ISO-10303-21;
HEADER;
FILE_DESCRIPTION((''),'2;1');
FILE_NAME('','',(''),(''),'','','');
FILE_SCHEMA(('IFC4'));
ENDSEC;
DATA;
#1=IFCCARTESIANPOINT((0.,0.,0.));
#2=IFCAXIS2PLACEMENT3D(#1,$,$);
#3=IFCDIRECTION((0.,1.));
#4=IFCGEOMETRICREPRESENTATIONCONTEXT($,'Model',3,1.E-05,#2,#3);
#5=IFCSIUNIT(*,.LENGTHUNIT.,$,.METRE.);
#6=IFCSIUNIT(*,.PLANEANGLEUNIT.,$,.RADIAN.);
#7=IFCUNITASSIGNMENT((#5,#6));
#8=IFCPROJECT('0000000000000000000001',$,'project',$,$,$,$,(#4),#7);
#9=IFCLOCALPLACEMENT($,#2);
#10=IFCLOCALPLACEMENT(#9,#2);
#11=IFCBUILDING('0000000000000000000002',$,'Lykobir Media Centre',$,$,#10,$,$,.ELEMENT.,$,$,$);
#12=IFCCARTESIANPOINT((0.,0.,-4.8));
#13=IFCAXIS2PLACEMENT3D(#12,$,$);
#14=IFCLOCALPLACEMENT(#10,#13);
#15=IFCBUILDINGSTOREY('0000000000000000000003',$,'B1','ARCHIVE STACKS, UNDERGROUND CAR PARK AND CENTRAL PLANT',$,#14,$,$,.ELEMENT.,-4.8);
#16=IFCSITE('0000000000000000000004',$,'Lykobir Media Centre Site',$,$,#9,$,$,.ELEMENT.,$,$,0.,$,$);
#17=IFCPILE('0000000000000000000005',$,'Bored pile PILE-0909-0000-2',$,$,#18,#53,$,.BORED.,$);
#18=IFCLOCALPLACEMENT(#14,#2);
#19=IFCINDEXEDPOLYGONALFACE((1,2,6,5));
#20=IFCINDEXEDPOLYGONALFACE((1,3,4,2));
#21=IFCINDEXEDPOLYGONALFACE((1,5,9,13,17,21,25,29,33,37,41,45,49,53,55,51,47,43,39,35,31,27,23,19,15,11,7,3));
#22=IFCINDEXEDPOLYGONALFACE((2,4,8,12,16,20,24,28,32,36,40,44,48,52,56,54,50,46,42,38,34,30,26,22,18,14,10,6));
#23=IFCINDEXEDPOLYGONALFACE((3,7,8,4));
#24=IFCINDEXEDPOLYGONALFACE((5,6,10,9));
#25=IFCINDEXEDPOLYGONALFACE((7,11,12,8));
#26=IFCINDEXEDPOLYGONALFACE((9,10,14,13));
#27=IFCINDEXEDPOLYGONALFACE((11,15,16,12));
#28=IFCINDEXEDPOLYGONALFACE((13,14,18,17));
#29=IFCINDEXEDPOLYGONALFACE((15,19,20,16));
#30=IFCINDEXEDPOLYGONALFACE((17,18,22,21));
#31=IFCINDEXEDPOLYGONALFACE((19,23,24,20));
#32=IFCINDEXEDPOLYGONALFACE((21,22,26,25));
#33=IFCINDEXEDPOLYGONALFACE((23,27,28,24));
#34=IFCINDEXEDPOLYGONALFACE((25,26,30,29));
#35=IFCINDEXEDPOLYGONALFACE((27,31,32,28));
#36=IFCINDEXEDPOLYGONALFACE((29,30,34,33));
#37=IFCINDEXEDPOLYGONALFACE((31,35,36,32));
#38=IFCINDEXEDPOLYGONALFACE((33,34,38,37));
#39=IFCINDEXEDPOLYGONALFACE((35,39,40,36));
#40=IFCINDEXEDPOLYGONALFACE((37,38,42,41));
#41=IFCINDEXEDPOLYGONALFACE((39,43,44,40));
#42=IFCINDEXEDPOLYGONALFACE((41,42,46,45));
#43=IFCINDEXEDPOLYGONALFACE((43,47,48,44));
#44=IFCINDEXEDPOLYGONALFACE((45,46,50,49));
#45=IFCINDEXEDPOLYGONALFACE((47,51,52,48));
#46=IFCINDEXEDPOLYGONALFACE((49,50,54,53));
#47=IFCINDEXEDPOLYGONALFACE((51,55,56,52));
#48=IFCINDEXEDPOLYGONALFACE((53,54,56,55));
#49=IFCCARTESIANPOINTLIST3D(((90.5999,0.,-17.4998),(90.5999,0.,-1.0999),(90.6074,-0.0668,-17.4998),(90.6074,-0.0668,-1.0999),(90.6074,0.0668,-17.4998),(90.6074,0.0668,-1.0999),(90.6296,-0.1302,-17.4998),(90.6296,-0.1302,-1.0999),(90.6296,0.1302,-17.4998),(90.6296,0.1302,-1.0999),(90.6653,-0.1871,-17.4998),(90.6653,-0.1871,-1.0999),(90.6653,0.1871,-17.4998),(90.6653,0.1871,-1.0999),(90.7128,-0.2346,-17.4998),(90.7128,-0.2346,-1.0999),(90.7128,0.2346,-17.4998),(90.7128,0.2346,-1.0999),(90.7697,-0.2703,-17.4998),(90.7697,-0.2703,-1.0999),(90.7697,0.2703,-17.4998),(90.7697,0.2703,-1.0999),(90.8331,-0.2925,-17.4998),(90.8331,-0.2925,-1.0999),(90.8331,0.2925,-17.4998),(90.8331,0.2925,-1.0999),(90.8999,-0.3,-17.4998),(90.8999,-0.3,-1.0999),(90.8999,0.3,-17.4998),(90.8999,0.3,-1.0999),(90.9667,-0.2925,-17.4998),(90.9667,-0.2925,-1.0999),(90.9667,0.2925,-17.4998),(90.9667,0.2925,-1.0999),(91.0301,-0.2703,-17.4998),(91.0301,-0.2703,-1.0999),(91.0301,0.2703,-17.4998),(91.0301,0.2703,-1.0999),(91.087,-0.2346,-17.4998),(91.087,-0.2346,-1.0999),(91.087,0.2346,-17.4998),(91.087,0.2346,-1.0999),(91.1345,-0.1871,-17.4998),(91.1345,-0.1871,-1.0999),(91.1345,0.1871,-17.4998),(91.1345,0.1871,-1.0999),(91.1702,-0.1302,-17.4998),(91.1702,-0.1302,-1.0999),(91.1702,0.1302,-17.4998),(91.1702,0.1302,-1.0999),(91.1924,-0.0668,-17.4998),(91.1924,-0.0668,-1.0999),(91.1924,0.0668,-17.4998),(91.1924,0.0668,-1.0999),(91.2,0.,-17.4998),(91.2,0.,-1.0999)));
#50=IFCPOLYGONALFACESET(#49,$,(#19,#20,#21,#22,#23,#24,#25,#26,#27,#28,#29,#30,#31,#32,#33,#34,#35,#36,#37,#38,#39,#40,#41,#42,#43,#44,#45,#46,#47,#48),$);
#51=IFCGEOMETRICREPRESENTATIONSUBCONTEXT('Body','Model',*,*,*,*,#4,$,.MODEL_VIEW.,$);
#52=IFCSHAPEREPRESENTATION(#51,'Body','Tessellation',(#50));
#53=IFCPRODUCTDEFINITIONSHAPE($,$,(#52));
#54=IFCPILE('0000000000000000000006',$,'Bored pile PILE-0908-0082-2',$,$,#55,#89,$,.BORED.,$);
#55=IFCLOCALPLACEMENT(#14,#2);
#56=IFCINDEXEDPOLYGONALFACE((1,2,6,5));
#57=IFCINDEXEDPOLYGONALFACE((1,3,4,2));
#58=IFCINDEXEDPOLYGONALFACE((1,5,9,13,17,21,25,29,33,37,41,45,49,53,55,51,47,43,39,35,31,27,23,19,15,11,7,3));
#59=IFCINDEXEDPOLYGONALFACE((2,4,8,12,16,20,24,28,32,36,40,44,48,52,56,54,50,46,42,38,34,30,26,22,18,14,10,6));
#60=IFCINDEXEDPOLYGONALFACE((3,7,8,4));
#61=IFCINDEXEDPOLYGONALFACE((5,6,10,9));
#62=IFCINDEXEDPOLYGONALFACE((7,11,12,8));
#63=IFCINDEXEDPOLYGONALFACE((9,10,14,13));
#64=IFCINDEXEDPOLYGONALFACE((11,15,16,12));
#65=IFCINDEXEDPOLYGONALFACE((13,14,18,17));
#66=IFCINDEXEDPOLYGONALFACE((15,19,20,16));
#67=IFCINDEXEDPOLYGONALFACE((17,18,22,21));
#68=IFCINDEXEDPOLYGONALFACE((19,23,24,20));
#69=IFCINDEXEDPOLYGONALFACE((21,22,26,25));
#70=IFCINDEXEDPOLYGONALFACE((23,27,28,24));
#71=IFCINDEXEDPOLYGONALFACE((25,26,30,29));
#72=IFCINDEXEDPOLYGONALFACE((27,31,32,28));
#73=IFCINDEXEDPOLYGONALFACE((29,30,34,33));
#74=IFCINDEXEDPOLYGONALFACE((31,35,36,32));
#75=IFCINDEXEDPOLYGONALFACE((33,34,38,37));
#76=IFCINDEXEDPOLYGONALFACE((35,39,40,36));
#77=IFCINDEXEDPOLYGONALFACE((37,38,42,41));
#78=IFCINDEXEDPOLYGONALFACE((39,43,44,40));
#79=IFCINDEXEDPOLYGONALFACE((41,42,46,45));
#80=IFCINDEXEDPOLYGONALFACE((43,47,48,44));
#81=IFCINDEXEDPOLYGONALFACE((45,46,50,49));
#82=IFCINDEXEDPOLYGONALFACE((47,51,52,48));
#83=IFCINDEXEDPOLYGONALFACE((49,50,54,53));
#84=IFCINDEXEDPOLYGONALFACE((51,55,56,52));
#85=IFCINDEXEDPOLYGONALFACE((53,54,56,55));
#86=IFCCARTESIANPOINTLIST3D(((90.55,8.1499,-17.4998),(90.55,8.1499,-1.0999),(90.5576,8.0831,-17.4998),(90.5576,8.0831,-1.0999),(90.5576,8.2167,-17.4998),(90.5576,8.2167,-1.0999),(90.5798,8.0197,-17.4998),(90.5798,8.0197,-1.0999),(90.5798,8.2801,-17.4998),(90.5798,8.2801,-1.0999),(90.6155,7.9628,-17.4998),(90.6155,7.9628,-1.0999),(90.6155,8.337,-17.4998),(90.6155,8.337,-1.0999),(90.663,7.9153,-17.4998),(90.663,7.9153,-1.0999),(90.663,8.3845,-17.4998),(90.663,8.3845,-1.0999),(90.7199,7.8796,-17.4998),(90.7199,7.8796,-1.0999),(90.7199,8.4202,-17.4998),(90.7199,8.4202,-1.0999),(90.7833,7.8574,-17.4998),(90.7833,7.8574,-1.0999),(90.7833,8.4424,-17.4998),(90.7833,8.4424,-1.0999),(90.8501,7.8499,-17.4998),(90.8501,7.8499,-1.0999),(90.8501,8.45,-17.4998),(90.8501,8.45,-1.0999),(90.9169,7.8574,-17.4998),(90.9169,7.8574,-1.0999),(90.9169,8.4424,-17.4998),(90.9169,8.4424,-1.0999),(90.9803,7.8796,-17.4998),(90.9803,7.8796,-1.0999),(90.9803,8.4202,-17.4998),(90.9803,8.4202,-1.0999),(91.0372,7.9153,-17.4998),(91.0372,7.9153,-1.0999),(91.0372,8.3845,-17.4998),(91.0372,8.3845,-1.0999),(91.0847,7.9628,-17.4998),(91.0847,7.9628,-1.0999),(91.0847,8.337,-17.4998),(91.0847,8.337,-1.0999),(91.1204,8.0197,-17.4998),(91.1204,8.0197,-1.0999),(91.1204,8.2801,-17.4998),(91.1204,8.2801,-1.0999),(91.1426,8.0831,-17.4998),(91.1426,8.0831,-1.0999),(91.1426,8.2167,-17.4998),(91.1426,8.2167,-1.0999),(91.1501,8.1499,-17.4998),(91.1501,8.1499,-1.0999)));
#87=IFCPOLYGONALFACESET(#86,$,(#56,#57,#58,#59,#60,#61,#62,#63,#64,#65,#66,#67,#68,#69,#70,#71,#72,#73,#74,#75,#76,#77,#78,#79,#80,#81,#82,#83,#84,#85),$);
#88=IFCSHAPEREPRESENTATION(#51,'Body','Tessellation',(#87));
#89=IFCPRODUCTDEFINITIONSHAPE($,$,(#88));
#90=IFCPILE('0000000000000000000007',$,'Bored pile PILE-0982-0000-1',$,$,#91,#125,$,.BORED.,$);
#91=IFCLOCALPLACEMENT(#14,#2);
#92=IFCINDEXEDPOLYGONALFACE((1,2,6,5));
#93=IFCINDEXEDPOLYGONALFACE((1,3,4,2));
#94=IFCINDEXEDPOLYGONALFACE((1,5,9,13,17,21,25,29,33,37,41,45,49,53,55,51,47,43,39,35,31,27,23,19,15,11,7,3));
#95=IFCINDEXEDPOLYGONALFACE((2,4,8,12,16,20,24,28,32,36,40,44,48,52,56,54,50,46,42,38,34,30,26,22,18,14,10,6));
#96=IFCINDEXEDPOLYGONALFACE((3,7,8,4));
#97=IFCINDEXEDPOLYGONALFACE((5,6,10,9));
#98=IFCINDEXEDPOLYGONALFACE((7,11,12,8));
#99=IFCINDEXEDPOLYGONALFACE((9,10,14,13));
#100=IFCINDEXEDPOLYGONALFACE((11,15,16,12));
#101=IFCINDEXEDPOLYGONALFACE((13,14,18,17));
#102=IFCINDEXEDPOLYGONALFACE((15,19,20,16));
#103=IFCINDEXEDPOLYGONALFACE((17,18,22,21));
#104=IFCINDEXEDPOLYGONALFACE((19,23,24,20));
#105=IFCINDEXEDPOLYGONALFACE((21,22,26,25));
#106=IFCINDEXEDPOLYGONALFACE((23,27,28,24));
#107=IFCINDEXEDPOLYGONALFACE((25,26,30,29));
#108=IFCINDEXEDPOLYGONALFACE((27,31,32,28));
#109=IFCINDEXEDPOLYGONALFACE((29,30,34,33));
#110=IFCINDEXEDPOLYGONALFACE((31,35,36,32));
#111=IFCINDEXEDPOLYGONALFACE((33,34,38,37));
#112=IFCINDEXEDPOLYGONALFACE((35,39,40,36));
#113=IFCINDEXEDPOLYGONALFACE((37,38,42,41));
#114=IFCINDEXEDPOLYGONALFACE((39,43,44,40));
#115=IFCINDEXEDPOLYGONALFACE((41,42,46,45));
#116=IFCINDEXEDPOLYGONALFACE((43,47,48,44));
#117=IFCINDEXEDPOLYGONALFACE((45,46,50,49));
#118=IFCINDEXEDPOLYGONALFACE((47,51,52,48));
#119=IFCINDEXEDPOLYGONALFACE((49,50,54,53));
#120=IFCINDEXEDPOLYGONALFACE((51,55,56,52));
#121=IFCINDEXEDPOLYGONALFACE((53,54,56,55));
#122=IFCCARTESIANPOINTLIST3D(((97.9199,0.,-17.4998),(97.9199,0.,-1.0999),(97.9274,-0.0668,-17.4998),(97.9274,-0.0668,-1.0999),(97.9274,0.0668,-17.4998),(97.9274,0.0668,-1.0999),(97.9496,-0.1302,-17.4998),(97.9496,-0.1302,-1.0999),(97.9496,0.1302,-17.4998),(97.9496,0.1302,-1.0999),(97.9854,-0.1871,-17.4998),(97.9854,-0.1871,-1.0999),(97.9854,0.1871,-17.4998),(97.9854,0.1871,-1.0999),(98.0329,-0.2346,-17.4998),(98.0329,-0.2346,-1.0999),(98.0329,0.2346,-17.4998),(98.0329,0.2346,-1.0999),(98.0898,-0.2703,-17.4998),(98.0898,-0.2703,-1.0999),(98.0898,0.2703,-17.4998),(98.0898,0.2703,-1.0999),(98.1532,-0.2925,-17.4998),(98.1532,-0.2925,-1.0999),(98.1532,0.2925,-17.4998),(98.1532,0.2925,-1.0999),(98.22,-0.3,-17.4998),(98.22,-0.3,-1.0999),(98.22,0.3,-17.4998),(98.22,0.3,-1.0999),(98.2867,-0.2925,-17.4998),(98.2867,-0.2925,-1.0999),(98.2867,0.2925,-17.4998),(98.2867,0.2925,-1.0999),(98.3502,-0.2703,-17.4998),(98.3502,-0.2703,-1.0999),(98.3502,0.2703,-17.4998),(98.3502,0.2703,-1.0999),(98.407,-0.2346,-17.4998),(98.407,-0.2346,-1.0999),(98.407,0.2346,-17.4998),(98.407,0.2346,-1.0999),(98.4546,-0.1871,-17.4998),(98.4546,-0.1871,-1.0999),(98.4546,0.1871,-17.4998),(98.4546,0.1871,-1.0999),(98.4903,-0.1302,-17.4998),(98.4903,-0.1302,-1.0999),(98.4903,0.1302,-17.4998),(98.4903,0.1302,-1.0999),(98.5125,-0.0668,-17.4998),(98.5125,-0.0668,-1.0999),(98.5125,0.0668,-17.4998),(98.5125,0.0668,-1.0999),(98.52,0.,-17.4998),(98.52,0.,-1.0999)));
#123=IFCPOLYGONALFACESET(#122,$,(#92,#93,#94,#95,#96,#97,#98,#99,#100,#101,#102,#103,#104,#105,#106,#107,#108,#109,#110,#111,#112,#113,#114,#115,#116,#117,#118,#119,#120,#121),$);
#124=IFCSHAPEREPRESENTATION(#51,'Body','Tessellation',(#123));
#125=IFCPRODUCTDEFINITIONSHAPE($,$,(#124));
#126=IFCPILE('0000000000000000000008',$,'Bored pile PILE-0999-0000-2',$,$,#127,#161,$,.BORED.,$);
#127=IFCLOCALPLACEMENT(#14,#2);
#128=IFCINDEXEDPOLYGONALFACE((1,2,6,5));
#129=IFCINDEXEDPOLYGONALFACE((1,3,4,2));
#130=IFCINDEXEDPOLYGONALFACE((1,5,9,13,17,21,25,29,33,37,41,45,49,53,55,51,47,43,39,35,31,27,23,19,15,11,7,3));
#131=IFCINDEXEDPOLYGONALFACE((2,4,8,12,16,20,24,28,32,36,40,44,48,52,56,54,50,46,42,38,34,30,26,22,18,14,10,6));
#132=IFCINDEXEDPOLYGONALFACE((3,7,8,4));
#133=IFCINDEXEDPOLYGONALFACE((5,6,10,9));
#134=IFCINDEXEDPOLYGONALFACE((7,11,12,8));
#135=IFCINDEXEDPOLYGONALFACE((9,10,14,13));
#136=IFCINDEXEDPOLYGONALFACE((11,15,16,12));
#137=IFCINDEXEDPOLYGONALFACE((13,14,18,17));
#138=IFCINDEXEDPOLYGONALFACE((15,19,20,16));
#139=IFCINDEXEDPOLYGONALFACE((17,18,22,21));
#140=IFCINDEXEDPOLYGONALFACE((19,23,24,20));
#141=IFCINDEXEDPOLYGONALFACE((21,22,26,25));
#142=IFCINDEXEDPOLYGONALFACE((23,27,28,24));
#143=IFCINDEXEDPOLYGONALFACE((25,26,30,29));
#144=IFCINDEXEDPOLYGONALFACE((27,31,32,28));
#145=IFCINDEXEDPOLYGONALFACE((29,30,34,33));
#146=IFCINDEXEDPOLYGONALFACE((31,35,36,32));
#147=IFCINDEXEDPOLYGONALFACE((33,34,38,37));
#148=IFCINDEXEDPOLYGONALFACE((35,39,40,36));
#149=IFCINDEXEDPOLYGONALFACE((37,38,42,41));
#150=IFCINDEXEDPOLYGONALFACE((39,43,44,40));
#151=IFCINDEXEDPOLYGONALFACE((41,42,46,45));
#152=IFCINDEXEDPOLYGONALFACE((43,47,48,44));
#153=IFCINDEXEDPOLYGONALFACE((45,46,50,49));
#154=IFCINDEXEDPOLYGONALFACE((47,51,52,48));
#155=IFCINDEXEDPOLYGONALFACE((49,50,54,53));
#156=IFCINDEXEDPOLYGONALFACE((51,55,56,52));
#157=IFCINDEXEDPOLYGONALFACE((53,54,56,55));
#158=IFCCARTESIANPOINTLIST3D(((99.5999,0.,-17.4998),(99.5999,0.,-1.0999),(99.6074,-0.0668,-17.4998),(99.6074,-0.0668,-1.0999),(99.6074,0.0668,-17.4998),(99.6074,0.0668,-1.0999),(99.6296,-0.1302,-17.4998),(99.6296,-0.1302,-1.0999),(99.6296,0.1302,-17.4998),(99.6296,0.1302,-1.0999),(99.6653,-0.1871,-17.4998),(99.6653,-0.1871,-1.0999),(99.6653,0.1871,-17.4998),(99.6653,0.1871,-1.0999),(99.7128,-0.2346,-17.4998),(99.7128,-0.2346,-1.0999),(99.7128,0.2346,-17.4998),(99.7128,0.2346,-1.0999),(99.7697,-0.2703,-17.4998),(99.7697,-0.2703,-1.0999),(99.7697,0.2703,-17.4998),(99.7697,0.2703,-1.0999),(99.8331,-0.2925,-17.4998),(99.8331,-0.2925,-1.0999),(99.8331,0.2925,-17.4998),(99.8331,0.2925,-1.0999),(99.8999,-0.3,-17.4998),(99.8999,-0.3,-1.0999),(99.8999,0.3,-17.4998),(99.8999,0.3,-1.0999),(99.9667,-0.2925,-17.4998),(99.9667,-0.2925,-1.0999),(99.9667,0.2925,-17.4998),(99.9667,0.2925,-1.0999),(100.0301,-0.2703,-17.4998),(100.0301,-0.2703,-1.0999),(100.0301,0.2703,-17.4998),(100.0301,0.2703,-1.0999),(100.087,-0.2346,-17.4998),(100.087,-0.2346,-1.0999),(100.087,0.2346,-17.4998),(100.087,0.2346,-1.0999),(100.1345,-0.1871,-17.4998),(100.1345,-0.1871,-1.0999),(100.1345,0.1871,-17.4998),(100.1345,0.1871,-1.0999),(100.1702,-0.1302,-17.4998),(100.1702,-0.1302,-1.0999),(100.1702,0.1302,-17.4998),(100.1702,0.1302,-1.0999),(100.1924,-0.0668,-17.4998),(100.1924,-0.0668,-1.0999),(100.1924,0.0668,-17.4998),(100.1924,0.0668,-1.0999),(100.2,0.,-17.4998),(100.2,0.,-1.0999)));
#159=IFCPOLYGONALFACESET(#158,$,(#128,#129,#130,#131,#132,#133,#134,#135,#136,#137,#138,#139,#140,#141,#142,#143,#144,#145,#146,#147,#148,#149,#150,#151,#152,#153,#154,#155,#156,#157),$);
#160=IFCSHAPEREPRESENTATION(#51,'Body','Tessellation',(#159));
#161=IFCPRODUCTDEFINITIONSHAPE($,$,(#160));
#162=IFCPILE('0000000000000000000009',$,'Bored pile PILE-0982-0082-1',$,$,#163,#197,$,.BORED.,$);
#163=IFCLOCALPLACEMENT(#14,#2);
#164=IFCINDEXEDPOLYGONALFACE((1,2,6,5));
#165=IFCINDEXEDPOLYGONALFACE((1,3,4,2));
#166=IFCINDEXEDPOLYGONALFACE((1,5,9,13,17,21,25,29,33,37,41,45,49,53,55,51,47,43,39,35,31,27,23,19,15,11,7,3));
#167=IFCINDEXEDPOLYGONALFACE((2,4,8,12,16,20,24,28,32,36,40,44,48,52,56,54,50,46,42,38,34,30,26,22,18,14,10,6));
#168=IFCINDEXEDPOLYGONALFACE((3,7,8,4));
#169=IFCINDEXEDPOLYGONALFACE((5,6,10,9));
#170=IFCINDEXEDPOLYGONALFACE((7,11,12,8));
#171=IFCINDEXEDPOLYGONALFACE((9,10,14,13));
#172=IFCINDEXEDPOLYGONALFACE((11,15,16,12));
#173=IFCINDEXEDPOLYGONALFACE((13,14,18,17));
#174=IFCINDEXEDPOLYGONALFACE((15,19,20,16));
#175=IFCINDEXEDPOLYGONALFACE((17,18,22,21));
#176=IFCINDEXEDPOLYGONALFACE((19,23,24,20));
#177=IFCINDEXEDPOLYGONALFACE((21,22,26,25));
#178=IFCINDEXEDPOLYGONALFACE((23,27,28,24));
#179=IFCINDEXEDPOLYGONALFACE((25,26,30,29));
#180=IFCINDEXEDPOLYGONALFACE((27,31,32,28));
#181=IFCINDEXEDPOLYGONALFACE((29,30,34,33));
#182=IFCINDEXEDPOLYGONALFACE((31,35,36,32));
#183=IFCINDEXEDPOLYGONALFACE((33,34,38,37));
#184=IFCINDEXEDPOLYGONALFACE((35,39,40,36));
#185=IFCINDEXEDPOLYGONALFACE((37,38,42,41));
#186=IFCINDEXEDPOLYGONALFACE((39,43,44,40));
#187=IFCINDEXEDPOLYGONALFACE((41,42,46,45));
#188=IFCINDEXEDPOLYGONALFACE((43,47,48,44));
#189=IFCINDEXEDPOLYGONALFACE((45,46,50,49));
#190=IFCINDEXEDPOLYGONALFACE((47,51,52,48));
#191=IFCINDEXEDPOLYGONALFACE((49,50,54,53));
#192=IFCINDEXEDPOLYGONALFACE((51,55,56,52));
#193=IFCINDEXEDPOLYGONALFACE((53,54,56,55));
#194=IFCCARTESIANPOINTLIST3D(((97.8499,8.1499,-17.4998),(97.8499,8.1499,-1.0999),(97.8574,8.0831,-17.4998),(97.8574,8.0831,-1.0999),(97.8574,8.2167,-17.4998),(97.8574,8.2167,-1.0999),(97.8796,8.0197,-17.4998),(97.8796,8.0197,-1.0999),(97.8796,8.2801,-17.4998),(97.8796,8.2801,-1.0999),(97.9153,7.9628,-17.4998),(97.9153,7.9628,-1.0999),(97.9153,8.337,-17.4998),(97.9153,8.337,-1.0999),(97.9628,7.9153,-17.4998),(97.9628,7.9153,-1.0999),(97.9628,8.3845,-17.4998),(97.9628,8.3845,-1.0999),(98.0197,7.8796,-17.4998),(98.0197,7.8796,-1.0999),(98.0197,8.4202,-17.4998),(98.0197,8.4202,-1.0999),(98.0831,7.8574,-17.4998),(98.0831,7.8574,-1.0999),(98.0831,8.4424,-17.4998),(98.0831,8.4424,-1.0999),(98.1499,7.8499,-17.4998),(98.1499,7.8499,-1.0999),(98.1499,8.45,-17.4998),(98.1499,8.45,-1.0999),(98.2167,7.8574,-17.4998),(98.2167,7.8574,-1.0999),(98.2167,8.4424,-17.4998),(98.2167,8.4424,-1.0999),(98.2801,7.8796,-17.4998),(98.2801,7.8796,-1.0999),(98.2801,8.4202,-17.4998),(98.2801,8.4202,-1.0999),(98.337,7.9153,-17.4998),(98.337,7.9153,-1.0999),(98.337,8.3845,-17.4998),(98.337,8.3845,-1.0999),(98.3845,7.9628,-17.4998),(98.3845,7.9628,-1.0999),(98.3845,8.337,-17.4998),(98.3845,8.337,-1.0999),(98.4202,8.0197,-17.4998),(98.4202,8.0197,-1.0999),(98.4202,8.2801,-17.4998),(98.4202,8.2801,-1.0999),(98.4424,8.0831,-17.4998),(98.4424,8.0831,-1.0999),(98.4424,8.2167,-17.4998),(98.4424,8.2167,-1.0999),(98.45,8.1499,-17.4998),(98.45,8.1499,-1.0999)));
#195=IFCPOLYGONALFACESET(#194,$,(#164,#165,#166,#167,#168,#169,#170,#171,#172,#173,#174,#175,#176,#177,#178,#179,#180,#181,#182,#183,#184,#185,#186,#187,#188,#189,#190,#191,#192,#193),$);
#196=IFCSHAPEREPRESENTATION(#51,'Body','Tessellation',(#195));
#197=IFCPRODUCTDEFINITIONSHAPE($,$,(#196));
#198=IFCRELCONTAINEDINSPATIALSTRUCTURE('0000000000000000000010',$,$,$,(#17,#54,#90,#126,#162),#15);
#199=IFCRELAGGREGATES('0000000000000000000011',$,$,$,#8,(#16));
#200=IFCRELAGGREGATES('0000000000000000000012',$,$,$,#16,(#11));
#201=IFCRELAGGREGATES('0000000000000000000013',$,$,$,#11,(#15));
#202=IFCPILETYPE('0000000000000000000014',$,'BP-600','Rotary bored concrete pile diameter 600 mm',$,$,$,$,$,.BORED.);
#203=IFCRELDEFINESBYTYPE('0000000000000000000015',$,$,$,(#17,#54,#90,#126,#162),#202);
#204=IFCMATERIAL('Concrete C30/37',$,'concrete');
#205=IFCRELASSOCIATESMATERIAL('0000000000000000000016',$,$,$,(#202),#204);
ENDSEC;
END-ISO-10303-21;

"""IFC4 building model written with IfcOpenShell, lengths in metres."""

from ifc_helpers import new_model, si_unit, direction, frame, origin, origin_2d, place, context, subcontext, project, spatial, circle, extrude, material, material_profile, profile_set, type_object, element, save


model = new_model("IFC4")

# Units and contexts
model_context = context("Model", 3, precision=1e-05, world=origin(), true_north=direction((0.0, 1.0)))
body_context = subcontext(model_context, "Body", "Model", "MODEL_VIEW")
ifc_project = project(units=[si_unit("LENGTHUNIT", "METRE"), si_unit("PLANEANGLEUNIT", "RADIAN")], contexts=[model_context])

# Site, building, storey
site_placement = place(None, origin())
site = spatial("IfcSite", under=ifc_project, at=site_placement, Name="Lykobir Media Centre Site", CompositionType="ELEMENT", RefElevation=0.0)
building_placement = place(site_placement, origin())
building = spatial("IfcBuilding", under=site, at=building_placement, Name="Lykobir Media Centre", CompositionType="ELEMENT")
storey_placement = place(building_placement, frame((0.0, 0.0, -4.8)))
storey = spatial("IfcBuildingStorey", under=building, at=storey_placement, Name="B1", Description="ARCHIVE STACKS, UNDERGROUND CAR PARK AND CENTRAL PLANT", CompositionType="ELEMENT", Elevation=-4.8)

# Piles
ifc_material_1 = material(Name="Concrete C30/37", Category="concrete")
ifc_material_profile_1 = material_profile(ifc_material_1, circle(Radius=0.3, at=origin_2d()), Name="BORED PILE D600")
ifc_profile_set_1 = profile_set([ifc_material_profile_1], Name="Concrete C30/37")
pile_type = type_object("IfcPileType", Name="BP-600", Description="Rotary bored concrete pile diameter 600 mm", PredefinedType="BORED", material=ifc_profile_set_1)
for number, where, z_axis, x_axis, name in (
    (1, (90.8999, 0.0, -1.0999), (0.0, 0.0, -1.0), (1.0, 0.0, 0.0), "Bored pile PILE-0909-0000-2"),
    (2, (90.8501, 8.1499, -1.0999), (0.0, 0.0, -1.0), (1.0, 0.0, 0.0), "Bored pile PILE-0908-0082-2"),
    (3, (98.22, 0.0, -1.0999), (0.0, 0.0, -1.0), (1.0, 0.0, 0.0), "Bored pile PILE-0982-0000-1"),
    (4, (99.8999, 0.0, -1.0999), (0.0, 0.0, -1.0), (1.0, 0.0, 0.0), "Bored pile PILE-0999-0000-2"),
    (5, (98.1499, 8.1499, -1.0999), (0.0, 0.0, -1.0), (1.0, 0.0, 0.0), "Bored pile PILE-0982-0082-1"),
):
    element("IfcPile", number, at=place(storey_placement, frame(where, z_axis=z_axis, x_axis=x_axis)), inside=storey, type_object=pile_type, Name=name, PredefinedType="BORED", context=body_context, shape_type="SweptSolid", body=[
        extrude(circle(Radius=0.3, at=origin_2d()), origin(), (0.0, 0.0, 1.0), 16.3999),
    ])

save(model, "model.ifc")
